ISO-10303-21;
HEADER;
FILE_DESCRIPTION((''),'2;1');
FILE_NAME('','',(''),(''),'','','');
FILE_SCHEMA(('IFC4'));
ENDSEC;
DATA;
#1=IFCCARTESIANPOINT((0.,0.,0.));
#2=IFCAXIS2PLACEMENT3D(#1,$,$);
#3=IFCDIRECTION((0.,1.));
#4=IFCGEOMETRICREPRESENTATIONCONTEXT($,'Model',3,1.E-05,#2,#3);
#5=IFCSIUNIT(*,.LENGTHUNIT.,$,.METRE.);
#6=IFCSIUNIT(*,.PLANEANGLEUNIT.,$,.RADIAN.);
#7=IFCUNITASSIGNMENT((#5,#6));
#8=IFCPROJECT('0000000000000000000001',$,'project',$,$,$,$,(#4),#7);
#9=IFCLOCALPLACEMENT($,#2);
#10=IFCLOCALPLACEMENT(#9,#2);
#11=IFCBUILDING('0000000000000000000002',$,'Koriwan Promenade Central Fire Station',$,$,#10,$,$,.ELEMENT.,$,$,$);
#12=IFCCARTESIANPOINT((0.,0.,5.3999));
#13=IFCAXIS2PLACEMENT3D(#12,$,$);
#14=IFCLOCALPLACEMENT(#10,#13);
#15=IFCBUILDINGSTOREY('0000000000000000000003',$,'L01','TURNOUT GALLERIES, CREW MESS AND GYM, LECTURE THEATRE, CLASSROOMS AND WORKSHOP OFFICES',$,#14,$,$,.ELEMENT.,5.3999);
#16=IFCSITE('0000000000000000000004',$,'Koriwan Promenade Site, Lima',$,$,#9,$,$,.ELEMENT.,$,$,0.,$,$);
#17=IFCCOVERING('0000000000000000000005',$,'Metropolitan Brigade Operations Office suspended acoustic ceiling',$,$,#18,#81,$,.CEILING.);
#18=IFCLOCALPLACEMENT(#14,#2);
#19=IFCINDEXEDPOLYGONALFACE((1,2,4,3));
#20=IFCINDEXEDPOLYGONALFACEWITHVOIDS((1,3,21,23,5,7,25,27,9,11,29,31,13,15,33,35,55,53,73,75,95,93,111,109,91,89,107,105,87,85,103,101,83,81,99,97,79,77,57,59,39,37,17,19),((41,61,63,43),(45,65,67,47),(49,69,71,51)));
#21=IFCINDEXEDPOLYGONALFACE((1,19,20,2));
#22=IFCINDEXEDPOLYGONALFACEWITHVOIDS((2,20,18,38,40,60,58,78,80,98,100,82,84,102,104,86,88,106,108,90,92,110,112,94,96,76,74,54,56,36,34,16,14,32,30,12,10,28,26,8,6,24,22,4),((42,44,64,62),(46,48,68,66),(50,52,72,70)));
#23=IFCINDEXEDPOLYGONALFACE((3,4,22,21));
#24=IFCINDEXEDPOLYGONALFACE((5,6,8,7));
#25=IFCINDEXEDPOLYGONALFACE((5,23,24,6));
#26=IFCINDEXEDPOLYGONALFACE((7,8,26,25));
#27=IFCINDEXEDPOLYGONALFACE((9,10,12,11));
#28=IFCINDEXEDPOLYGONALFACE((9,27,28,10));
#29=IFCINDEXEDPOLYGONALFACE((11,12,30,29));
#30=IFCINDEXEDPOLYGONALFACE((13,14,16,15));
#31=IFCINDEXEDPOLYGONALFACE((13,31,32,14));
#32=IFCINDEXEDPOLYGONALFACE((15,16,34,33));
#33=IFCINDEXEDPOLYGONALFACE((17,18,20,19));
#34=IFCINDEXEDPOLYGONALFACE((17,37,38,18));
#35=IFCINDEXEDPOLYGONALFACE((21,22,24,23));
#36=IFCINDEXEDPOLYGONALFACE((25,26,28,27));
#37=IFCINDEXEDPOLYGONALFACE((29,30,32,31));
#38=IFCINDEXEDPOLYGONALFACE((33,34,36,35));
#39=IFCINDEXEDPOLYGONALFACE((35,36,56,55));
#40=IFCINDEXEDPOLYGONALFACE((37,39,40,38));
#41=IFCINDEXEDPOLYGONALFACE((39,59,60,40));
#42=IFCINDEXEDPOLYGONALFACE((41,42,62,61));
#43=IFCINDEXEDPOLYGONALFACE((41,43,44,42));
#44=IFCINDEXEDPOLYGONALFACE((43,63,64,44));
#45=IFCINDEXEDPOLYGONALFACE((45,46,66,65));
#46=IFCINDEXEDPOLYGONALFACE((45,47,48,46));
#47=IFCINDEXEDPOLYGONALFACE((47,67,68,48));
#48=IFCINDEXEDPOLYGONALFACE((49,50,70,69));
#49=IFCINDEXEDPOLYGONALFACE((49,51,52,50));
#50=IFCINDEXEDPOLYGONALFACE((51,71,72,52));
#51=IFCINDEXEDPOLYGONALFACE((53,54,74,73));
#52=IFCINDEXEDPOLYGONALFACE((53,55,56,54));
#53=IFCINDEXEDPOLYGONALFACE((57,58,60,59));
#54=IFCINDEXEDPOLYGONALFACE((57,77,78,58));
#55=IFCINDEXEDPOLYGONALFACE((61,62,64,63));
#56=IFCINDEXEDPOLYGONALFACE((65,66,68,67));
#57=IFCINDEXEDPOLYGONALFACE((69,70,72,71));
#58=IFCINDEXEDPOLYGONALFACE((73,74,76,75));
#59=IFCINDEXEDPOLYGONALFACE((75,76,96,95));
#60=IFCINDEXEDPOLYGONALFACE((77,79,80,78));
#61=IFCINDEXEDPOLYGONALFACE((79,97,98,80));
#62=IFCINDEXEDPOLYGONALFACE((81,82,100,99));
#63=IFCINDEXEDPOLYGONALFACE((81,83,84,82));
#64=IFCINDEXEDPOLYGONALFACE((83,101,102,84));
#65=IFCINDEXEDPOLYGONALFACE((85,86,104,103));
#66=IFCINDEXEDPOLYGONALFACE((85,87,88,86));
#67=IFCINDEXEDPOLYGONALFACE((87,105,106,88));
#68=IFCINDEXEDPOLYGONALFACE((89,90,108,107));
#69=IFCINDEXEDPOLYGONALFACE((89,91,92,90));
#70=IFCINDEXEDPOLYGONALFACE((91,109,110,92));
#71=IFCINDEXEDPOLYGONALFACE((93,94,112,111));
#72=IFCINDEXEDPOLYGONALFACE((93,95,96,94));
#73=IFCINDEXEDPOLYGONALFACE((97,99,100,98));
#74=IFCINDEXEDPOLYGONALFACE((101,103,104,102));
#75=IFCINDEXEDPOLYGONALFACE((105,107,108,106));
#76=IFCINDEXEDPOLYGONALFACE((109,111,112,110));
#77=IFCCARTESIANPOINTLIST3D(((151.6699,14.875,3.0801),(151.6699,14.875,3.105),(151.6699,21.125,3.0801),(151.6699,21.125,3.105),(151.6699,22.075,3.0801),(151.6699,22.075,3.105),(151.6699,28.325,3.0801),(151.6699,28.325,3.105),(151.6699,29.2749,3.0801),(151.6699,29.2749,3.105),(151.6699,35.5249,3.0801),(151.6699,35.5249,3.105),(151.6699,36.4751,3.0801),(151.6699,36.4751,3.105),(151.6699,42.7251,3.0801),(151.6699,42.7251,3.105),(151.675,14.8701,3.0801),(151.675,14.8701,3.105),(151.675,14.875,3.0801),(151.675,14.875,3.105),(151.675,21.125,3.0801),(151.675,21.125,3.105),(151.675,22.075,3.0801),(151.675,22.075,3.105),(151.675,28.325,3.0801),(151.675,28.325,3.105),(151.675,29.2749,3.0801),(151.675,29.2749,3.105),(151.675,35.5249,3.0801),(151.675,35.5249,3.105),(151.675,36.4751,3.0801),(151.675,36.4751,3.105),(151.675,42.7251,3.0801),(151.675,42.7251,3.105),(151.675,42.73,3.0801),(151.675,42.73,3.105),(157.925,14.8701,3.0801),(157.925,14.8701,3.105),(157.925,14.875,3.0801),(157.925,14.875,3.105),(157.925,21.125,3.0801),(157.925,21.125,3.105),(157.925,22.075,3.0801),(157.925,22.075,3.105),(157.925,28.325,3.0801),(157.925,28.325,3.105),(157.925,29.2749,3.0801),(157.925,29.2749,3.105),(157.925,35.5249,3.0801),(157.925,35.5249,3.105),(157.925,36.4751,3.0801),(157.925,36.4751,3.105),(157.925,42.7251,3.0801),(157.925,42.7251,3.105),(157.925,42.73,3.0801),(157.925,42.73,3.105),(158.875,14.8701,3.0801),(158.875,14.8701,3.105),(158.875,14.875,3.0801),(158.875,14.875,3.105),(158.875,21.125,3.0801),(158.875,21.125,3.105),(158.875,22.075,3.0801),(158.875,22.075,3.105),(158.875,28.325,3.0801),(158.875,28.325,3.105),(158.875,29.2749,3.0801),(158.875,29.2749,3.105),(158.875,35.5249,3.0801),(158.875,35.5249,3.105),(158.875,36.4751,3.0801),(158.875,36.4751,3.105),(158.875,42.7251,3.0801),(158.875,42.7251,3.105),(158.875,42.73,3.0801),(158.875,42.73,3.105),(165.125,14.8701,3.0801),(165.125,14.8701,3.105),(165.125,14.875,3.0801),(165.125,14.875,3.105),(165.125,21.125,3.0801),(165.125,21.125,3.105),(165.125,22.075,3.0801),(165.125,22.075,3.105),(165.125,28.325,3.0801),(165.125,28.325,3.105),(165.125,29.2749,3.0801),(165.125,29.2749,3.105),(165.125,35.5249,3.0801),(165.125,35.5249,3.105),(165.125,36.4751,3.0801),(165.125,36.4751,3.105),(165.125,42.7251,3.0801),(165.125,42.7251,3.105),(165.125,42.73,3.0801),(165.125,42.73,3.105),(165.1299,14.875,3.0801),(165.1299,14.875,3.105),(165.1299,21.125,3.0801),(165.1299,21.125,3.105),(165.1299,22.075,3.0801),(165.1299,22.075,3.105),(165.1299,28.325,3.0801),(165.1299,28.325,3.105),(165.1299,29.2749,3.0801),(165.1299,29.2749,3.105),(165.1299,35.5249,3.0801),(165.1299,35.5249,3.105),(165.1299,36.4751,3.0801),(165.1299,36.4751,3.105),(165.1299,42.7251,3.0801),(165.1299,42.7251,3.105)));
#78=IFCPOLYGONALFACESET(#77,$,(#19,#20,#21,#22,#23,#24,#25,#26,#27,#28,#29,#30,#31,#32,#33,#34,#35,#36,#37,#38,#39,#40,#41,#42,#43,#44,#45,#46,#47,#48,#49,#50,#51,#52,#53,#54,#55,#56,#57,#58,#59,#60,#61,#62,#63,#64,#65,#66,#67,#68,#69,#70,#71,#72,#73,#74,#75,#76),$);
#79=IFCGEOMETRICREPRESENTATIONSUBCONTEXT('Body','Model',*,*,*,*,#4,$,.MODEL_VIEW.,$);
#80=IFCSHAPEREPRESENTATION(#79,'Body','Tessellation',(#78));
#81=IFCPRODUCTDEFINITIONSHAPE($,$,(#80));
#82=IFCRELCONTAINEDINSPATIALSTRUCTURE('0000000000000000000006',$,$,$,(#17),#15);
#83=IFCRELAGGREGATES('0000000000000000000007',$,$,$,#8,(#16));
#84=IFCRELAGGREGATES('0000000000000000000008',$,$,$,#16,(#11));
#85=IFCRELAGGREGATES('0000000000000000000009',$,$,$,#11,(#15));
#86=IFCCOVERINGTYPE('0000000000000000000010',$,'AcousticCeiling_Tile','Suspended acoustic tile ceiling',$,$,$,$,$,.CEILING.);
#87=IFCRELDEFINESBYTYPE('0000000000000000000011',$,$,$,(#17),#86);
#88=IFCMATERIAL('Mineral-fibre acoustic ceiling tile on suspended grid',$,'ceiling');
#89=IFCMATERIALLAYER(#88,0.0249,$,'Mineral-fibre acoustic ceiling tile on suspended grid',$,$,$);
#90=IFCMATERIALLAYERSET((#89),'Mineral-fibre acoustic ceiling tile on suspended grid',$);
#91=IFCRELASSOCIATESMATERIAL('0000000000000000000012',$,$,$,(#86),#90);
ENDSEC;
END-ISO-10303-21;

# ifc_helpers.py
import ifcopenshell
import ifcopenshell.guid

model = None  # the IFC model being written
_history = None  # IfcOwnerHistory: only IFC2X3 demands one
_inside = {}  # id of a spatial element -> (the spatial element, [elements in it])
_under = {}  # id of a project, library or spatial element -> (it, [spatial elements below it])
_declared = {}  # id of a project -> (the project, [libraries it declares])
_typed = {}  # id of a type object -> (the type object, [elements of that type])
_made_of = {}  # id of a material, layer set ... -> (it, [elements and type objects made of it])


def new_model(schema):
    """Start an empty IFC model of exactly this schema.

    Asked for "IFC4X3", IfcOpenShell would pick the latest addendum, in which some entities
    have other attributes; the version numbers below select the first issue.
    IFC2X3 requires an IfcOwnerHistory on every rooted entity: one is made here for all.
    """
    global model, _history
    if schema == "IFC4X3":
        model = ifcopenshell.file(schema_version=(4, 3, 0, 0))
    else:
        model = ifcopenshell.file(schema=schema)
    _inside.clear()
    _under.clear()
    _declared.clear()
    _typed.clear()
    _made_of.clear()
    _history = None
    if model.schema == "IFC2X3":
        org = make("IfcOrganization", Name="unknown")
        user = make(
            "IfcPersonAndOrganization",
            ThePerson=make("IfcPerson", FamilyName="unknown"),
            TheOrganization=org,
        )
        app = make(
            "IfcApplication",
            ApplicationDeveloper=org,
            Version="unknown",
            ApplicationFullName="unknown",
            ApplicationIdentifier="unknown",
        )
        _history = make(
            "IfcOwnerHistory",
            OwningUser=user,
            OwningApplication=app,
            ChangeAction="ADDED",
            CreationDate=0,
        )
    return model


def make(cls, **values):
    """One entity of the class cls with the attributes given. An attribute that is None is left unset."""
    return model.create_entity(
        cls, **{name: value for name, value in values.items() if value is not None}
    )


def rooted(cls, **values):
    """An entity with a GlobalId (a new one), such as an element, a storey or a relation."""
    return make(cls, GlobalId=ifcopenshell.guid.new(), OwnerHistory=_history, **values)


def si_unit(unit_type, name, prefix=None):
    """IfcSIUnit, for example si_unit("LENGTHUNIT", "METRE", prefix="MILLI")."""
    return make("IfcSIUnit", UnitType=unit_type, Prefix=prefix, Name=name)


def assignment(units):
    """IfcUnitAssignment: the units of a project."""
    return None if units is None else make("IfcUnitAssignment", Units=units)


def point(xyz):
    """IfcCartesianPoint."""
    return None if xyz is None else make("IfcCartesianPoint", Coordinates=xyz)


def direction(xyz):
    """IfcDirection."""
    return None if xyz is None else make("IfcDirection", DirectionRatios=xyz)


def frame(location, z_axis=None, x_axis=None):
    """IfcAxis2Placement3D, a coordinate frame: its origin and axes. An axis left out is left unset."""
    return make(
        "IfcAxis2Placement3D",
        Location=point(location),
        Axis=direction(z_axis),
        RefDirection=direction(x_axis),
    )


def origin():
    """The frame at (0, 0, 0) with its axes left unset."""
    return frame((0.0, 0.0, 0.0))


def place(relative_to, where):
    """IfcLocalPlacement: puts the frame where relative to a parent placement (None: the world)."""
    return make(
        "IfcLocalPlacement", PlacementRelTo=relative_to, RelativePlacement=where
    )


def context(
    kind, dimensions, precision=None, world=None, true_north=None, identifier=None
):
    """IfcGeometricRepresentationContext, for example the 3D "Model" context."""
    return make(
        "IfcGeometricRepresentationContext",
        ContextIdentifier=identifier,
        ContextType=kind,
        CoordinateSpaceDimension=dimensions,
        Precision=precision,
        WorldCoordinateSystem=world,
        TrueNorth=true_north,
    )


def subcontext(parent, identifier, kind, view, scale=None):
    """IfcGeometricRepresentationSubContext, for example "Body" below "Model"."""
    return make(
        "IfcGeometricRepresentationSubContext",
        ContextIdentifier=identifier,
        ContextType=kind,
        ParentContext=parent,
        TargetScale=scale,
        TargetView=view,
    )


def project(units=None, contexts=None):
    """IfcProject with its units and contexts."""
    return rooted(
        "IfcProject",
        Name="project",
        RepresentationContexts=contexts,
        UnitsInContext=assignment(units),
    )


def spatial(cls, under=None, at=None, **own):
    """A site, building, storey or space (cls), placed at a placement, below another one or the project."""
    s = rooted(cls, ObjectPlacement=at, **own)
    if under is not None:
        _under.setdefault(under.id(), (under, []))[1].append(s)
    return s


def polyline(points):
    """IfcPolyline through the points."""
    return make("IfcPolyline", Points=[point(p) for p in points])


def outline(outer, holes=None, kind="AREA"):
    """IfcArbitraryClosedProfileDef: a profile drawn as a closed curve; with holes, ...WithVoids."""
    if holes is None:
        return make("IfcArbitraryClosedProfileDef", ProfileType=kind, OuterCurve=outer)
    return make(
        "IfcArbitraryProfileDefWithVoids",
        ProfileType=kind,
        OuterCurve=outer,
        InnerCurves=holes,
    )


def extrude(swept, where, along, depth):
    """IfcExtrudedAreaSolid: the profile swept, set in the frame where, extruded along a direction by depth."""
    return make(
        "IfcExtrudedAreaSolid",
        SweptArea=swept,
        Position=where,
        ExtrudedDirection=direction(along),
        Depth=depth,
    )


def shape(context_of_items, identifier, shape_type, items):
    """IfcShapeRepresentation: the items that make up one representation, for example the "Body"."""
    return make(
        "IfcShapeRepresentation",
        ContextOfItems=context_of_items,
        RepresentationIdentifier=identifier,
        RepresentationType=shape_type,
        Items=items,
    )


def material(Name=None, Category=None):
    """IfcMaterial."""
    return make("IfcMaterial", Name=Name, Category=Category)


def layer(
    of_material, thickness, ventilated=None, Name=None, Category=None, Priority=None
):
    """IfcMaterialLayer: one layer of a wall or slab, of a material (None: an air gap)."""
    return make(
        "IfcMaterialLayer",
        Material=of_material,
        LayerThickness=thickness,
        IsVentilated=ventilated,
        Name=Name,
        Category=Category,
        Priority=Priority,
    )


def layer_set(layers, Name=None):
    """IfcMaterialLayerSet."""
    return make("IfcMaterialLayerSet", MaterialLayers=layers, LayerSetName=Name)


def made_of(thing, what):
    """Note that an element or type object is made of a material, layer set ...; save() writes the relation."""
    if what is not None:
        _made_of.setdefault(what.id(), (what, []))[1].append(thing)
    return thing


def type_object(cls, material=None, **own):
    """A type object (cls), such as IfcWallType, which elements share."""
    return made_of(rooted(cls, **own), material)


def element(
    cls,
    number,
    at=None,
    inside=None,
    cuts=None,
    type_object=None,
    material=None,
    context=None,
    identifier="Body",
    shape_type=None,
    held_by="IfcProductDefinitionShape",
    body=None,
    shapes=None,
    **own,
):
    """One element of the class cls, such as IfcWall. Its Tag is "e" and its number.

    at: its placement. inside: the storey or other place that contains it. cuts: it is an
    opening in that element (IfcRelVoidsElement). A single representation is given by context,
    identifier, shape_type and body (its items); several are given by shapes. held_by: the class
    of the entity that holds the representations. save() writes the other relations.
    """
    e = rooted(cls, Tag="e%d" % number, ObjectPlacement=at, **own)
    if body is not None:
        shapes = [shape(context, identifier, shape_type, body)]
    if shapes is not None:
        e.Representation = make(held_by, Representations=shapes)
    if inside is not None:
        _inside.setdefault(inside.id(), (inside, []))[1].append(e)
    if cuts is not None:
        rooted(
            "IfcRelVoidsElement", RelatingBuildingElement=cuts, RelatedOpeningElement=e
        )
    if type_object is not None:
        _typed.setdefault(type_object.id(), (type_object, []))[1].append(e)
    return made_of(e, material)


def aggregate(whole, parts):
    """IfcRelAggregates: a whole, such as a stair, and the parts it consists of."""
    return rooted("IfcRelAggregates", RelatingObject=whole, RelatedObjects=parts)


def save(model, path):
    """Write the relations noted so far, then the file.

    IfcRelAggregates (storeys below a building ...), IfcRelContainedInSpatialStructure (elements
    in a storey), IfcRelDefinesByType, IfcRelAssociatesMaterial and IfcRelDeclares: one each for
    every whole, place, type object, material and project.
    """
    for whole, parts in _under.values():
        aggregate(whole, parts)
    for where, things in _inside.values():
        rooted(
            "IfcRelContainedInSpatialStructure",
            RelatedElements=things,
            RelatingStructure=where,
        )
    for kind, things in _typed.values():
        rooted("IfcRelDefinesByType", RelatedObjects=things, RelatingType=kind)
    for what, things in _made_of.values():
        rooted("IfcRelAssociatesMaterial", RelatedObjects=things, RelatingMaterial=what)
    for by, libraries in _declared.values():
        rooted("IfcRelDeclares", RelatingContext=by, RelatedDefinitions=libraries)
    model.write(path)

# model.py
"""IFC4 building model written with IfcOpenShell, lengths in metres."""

from ifc_helpers import new_model, si_unit, direction, frame, origin, place, context, subcontext, project, spatial, polyline, outline, extrude, material, layer, layer_set, type_object, element, save


model = new_model("IFC4")

# Units and contexts
model_context = context("Model", 3, precision=1e-05, world=origin(), true_north=direction((0.0, 1.0)))
body_context = subcontext(model_context, "Body", "Model", "MODEL_VIEW")
ifc_project = project(units=[si_unit("LENGTHUNIT", "METRE"), si_unit("PLANEANGLEUNIT", "RADIAN")], contexts=[model_context])

# Site, building, storey
site_placement = place(None, origin())
site = spatial("IfcSite", under=ifc_project, at=site_placement, Name="Koriwan Promenade Site, Lima", CompositionType="ELEMENT", RefElevation=0.0)
building_placement = place(site_placement, origin())
building = spatial("IfcBuilding", under=site, at=building_placement, Name="Koriwan Promenade Central Fire Station", CompositionType="ELEMENT")
storey_placement = place(building_placement, frame((0.0, 0.0, 5.3999)))
storey = spatial("IfcBuildingStorey", under=building, at=storey_placement, Name="L01", Description="TURNOUT GALLERIES, CREW MESS AND GYM, LECTURE THEATRE, CLASSROOMS AND WORKSHOP OFFICES", CompositionType="ELEMENT", Elevation=5.3999)

# Covering
ifc_material_1 = material(Name="Mineral-fibre acoustic ceiling tile on suspended grid", Category="ceiling")
ifc_layer_1 = layer(ifc_material_1, 0.0249, Name="Mineral-fibre acoustic ceiling tile on suspended grid")
ifc_layer_set_1 = layer_set([ifc_layer_1], Name="Mineral-fibre acoustic ceiling tile on suspended grid")
covering_type = type_object("IfcCoveringType", Name="AcousticCeiling_Tile", Description="Suspended acoustic tile ceiling", PredefinedType="CEILING", material=ifc_layer_set_1)
covering_1_placement = place(storey_placement, frame((0.0, 0.0, 3.0801)))
element("IfcCovering", 1, at=covering_1_placement, inside=storey, type_object=covering_type, Name="Metropolitan Brigade Operations Office suspended acoustic ceiling", PredefinedType="CEILING", context=body_context, shape_type="SweptSolid", body=[
    extrude(outline(polyline([(165.1299, 35.5249), (165.1299, 29.2749), (165.125, 29.2749), (165.125, 28.325), (165.1299, 28.325), (165.1299, 22.075), (165.125, 22.075), (165.125, 21.125), (165.1299, 21.125), (165.1299, 14.875), (165.125, 14.875), (165.125, 14.8701), (158.875, 14.8701), (158.875, 14.875), (157.925, 14.875), (157.925, 14.8701), (151.675, 14.8701), (151.675, 14.875), (151.6699, 14.875), (151.6699, 21.125), (151.675, 21.125), (151.675, 22.075), (151.6699, 22.075), (151.6699, 28.325), (151.675, 28.325), (151.675, 29.2749), (151.6699, 29.2749), (151.6699, 35.5249), (151.675, 35.5249), (151.675, 36.4751), (151.6699, 36.4751), (151.6699, 42.7251), (151.675, 42.7251), (151.675, 42.73), (157.925, 42.73), (157.925, 42.7251), (158.875, 42.7251), (158.875, 42.73), (165.125, 42.73), (165.125, 42.7251), (165.1299, 42.7251), (165.1299, 36.4751), (165.125, 36.4751), (165.125, 35.5249), (165.1299, 35.5249)]), holes=[polyline([(157.925, 22.075), (157.925, 21.125), (158.875, 21.125), (158.875, 22.075), (157.925, 22.075)]), polyline([(158.875, 29.2749), (157.925, 29.2749), (157.925, 28.325), (158.875, 28.325), (158.875, 29.2749)]), polyline([(158.875, 35.5249), (158.875, 36.4751), (157.925, 36.4751), (157.925, 35.5249), (158.875, 35.5249)])]), origin(), (0.0, 0.0, 1.0), 0.0249),
])

save(model, "model.ifc")
